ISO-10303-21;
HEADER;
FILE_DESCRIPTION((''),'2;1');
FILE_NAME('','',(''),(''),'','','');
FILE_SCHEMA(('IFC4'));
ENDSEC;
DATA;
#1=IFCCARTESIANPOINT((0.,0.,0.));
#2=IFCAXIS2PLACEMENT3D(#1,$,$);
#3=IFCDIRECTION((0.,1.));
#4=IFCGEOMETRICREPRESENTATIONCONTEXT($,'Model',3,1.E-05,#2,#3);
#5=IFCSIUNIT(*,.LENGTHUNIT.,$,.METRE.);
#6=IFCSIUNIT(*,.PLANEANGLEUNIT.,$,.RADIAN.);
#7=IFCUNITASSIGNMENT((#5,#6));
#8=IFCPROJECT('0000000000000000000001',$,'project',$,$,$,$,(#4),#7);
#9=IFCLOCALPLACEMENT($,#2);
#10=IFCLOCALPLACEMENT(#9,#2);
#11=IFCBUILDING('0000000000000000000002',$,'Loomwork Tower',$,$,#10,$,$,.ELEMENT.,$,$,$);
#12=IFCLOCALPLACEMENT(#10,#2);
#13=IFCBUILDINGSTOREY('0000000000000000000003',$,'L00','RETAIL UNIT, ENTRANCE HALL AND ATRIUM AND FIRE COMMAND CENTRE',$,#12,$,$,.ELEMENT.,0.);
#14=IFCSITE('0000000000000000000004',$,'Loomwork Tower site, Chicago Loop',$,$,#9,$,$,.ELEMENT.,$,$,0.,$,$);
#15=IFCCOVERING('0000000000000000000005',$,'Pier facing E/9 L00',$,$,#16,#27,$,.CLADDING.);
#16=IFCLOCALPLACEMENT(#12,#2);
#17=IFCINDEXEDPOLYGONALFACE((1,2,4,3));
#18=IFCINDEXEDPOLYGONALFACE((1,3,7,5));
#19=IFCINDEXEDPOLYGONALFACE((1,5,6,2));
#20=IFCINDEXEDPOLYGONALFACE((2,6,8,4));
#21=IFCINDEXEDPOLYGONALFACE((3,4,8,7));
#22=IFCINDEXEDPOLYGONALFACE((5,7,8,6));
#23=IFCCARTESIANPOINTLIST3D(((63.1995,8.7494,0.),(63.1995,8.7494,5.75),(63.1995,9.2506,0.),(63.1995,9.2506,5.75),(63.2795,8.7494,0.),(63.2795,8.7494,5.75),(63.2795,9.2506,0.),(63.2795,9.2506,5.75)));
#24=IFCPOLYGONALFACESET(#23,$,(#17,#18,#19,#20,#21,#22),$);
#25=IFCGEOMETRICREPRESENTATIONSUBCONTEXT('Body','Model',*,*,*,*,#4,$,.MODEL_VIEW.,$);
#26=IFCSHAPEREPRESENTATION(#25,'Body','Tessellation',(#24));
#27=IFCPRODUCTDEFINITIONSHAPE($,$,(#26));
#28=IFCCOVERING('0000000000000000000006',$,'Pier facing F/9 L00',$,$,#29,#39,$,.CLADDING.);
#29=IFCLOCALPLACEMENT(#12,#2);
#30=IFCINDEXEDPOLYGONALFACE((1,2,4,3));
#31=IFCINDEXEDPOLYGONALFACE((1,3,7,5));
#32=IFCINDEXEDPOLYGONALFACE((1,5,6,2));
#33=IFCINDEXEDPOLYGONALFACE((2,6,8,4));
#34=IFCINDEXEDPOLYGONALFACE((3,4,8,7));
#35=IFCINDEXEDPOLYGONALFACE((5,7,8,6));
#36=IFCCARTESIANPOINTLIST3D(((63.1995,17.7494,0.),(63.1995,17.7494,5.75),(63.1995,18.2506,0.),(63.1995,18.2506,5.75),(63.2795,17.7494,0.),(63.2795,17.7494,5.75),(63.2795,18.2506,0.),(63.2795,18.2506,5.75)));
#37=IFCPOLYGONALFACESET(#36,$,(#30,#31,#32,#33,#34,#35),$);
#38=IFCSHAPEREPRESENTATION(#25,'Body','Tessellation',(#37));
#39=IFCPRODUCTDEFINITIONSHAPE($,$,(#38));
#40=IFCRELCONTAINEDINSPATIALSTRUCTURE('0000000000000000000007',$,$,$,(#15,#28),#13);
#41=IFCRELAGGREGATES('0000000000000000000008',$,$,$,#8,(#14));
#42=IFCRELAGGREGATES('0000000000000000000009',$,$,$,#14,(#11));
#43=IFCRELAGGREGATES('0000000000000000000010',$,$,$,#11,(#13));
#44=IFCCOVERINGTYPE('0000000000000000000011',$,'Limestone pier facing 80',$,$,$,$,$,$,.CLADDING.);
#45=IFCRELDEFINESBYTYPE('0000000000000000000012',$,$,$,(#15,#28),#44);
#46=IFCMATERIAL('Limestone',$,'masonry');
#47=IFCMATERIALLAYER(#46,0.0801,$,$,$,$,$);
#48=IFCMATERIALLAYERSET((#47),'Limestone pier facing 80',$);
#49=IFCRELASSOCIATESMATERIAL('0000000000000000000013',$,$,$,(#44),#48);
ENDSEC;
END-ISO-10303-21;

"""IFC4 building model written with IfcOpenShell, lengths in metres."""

from ifc_helpers import new_model, si_unit, direction, frame, origin, origin_2d, place, context, subcontext, project, spatial, rectangle, extrude, material, layer, layer_set, type_object, element, save


model = new_model("IFC4")

# Units and contexts
model_context = context("Model", 3, precision=1e-05, world=origin(), true_north=direction((0.0, 1.0)))
body_context = subcontext(model_context, "Body", "Model", "MODEL_VIEW")
ifc_project = project(units=[si_unit("LENGTHUNIT", "METRE"), si_unit("PLANEANGLEUNIT", "RADIAN")], contexts=[model_context])

# Site, building, storey
site_placement = place(None, origin())
site = spatial("IfcSite", under=ifc_project, at=site_placement, Name="Loomwork Tower site, Chicago Loop", CompositionType="ELEMENT", RefElevation=0.0)
building_placement = place(site_placement, origin())
building = spatial("IfcBuilding", under=site, at=building_placement, Name="Loomwork Tower", CompositionType="ELEMENT")
storey_placement = place(building_placement, origin())
storey = spatial("IfcBuildingStorey", under=building, at=storey_placement, Name="L00", Description="RETAIL UNIT, ENTRANCE HALL AND ATRIUM AND FIRE COMMAND CENTRE", CompositionType="ELEMENT", Elevation=0.0)

# Coverings
ifc_material_1 = material(Name="Limestone", Category="masonry")
ifc_layer_1 = layer(ifc_material_1, 0.0801)
ifc_layer_set_1 = layer_set([ifc_layer_1], Name="Limestone pier facing 80")
covering_type_1 = type_object("IfcCoveringType", Name="Limestone pier facing 80", PredefinedType="CLADDING", material=ifc_layer_set_1)
for number, where, z_axis, x_axis, name in (
    (1, (63.2395, 9.0, 0.0), (0.0, 0.0, 1.0), (1.0, 0.0, 0.0), "Pier facing E/9 L00"),
    (2, (63.2395, 18.0, 0.0), (0.0, 0.0, 1.0), (1.0, 0.0, 0.0), "Pier facing F/9 L00"),
):
    element("IfcCovering", number, at=place(storey_placement, frame(where, z_axis=z_axis, x_axis=x_axis)), inside=storey, type_object=covering_type_1, Name=name, PredefinedType="CLADDING", context=body_context, shape_type="SweptSolid", body=[
        extrude(rectangle(XDim=0.0801, YDim=0.5012, at=origin_2d()), origin(), (0.0, 0.0, 1.0), 5.75),
    ])

save(model, "model.ifc")
